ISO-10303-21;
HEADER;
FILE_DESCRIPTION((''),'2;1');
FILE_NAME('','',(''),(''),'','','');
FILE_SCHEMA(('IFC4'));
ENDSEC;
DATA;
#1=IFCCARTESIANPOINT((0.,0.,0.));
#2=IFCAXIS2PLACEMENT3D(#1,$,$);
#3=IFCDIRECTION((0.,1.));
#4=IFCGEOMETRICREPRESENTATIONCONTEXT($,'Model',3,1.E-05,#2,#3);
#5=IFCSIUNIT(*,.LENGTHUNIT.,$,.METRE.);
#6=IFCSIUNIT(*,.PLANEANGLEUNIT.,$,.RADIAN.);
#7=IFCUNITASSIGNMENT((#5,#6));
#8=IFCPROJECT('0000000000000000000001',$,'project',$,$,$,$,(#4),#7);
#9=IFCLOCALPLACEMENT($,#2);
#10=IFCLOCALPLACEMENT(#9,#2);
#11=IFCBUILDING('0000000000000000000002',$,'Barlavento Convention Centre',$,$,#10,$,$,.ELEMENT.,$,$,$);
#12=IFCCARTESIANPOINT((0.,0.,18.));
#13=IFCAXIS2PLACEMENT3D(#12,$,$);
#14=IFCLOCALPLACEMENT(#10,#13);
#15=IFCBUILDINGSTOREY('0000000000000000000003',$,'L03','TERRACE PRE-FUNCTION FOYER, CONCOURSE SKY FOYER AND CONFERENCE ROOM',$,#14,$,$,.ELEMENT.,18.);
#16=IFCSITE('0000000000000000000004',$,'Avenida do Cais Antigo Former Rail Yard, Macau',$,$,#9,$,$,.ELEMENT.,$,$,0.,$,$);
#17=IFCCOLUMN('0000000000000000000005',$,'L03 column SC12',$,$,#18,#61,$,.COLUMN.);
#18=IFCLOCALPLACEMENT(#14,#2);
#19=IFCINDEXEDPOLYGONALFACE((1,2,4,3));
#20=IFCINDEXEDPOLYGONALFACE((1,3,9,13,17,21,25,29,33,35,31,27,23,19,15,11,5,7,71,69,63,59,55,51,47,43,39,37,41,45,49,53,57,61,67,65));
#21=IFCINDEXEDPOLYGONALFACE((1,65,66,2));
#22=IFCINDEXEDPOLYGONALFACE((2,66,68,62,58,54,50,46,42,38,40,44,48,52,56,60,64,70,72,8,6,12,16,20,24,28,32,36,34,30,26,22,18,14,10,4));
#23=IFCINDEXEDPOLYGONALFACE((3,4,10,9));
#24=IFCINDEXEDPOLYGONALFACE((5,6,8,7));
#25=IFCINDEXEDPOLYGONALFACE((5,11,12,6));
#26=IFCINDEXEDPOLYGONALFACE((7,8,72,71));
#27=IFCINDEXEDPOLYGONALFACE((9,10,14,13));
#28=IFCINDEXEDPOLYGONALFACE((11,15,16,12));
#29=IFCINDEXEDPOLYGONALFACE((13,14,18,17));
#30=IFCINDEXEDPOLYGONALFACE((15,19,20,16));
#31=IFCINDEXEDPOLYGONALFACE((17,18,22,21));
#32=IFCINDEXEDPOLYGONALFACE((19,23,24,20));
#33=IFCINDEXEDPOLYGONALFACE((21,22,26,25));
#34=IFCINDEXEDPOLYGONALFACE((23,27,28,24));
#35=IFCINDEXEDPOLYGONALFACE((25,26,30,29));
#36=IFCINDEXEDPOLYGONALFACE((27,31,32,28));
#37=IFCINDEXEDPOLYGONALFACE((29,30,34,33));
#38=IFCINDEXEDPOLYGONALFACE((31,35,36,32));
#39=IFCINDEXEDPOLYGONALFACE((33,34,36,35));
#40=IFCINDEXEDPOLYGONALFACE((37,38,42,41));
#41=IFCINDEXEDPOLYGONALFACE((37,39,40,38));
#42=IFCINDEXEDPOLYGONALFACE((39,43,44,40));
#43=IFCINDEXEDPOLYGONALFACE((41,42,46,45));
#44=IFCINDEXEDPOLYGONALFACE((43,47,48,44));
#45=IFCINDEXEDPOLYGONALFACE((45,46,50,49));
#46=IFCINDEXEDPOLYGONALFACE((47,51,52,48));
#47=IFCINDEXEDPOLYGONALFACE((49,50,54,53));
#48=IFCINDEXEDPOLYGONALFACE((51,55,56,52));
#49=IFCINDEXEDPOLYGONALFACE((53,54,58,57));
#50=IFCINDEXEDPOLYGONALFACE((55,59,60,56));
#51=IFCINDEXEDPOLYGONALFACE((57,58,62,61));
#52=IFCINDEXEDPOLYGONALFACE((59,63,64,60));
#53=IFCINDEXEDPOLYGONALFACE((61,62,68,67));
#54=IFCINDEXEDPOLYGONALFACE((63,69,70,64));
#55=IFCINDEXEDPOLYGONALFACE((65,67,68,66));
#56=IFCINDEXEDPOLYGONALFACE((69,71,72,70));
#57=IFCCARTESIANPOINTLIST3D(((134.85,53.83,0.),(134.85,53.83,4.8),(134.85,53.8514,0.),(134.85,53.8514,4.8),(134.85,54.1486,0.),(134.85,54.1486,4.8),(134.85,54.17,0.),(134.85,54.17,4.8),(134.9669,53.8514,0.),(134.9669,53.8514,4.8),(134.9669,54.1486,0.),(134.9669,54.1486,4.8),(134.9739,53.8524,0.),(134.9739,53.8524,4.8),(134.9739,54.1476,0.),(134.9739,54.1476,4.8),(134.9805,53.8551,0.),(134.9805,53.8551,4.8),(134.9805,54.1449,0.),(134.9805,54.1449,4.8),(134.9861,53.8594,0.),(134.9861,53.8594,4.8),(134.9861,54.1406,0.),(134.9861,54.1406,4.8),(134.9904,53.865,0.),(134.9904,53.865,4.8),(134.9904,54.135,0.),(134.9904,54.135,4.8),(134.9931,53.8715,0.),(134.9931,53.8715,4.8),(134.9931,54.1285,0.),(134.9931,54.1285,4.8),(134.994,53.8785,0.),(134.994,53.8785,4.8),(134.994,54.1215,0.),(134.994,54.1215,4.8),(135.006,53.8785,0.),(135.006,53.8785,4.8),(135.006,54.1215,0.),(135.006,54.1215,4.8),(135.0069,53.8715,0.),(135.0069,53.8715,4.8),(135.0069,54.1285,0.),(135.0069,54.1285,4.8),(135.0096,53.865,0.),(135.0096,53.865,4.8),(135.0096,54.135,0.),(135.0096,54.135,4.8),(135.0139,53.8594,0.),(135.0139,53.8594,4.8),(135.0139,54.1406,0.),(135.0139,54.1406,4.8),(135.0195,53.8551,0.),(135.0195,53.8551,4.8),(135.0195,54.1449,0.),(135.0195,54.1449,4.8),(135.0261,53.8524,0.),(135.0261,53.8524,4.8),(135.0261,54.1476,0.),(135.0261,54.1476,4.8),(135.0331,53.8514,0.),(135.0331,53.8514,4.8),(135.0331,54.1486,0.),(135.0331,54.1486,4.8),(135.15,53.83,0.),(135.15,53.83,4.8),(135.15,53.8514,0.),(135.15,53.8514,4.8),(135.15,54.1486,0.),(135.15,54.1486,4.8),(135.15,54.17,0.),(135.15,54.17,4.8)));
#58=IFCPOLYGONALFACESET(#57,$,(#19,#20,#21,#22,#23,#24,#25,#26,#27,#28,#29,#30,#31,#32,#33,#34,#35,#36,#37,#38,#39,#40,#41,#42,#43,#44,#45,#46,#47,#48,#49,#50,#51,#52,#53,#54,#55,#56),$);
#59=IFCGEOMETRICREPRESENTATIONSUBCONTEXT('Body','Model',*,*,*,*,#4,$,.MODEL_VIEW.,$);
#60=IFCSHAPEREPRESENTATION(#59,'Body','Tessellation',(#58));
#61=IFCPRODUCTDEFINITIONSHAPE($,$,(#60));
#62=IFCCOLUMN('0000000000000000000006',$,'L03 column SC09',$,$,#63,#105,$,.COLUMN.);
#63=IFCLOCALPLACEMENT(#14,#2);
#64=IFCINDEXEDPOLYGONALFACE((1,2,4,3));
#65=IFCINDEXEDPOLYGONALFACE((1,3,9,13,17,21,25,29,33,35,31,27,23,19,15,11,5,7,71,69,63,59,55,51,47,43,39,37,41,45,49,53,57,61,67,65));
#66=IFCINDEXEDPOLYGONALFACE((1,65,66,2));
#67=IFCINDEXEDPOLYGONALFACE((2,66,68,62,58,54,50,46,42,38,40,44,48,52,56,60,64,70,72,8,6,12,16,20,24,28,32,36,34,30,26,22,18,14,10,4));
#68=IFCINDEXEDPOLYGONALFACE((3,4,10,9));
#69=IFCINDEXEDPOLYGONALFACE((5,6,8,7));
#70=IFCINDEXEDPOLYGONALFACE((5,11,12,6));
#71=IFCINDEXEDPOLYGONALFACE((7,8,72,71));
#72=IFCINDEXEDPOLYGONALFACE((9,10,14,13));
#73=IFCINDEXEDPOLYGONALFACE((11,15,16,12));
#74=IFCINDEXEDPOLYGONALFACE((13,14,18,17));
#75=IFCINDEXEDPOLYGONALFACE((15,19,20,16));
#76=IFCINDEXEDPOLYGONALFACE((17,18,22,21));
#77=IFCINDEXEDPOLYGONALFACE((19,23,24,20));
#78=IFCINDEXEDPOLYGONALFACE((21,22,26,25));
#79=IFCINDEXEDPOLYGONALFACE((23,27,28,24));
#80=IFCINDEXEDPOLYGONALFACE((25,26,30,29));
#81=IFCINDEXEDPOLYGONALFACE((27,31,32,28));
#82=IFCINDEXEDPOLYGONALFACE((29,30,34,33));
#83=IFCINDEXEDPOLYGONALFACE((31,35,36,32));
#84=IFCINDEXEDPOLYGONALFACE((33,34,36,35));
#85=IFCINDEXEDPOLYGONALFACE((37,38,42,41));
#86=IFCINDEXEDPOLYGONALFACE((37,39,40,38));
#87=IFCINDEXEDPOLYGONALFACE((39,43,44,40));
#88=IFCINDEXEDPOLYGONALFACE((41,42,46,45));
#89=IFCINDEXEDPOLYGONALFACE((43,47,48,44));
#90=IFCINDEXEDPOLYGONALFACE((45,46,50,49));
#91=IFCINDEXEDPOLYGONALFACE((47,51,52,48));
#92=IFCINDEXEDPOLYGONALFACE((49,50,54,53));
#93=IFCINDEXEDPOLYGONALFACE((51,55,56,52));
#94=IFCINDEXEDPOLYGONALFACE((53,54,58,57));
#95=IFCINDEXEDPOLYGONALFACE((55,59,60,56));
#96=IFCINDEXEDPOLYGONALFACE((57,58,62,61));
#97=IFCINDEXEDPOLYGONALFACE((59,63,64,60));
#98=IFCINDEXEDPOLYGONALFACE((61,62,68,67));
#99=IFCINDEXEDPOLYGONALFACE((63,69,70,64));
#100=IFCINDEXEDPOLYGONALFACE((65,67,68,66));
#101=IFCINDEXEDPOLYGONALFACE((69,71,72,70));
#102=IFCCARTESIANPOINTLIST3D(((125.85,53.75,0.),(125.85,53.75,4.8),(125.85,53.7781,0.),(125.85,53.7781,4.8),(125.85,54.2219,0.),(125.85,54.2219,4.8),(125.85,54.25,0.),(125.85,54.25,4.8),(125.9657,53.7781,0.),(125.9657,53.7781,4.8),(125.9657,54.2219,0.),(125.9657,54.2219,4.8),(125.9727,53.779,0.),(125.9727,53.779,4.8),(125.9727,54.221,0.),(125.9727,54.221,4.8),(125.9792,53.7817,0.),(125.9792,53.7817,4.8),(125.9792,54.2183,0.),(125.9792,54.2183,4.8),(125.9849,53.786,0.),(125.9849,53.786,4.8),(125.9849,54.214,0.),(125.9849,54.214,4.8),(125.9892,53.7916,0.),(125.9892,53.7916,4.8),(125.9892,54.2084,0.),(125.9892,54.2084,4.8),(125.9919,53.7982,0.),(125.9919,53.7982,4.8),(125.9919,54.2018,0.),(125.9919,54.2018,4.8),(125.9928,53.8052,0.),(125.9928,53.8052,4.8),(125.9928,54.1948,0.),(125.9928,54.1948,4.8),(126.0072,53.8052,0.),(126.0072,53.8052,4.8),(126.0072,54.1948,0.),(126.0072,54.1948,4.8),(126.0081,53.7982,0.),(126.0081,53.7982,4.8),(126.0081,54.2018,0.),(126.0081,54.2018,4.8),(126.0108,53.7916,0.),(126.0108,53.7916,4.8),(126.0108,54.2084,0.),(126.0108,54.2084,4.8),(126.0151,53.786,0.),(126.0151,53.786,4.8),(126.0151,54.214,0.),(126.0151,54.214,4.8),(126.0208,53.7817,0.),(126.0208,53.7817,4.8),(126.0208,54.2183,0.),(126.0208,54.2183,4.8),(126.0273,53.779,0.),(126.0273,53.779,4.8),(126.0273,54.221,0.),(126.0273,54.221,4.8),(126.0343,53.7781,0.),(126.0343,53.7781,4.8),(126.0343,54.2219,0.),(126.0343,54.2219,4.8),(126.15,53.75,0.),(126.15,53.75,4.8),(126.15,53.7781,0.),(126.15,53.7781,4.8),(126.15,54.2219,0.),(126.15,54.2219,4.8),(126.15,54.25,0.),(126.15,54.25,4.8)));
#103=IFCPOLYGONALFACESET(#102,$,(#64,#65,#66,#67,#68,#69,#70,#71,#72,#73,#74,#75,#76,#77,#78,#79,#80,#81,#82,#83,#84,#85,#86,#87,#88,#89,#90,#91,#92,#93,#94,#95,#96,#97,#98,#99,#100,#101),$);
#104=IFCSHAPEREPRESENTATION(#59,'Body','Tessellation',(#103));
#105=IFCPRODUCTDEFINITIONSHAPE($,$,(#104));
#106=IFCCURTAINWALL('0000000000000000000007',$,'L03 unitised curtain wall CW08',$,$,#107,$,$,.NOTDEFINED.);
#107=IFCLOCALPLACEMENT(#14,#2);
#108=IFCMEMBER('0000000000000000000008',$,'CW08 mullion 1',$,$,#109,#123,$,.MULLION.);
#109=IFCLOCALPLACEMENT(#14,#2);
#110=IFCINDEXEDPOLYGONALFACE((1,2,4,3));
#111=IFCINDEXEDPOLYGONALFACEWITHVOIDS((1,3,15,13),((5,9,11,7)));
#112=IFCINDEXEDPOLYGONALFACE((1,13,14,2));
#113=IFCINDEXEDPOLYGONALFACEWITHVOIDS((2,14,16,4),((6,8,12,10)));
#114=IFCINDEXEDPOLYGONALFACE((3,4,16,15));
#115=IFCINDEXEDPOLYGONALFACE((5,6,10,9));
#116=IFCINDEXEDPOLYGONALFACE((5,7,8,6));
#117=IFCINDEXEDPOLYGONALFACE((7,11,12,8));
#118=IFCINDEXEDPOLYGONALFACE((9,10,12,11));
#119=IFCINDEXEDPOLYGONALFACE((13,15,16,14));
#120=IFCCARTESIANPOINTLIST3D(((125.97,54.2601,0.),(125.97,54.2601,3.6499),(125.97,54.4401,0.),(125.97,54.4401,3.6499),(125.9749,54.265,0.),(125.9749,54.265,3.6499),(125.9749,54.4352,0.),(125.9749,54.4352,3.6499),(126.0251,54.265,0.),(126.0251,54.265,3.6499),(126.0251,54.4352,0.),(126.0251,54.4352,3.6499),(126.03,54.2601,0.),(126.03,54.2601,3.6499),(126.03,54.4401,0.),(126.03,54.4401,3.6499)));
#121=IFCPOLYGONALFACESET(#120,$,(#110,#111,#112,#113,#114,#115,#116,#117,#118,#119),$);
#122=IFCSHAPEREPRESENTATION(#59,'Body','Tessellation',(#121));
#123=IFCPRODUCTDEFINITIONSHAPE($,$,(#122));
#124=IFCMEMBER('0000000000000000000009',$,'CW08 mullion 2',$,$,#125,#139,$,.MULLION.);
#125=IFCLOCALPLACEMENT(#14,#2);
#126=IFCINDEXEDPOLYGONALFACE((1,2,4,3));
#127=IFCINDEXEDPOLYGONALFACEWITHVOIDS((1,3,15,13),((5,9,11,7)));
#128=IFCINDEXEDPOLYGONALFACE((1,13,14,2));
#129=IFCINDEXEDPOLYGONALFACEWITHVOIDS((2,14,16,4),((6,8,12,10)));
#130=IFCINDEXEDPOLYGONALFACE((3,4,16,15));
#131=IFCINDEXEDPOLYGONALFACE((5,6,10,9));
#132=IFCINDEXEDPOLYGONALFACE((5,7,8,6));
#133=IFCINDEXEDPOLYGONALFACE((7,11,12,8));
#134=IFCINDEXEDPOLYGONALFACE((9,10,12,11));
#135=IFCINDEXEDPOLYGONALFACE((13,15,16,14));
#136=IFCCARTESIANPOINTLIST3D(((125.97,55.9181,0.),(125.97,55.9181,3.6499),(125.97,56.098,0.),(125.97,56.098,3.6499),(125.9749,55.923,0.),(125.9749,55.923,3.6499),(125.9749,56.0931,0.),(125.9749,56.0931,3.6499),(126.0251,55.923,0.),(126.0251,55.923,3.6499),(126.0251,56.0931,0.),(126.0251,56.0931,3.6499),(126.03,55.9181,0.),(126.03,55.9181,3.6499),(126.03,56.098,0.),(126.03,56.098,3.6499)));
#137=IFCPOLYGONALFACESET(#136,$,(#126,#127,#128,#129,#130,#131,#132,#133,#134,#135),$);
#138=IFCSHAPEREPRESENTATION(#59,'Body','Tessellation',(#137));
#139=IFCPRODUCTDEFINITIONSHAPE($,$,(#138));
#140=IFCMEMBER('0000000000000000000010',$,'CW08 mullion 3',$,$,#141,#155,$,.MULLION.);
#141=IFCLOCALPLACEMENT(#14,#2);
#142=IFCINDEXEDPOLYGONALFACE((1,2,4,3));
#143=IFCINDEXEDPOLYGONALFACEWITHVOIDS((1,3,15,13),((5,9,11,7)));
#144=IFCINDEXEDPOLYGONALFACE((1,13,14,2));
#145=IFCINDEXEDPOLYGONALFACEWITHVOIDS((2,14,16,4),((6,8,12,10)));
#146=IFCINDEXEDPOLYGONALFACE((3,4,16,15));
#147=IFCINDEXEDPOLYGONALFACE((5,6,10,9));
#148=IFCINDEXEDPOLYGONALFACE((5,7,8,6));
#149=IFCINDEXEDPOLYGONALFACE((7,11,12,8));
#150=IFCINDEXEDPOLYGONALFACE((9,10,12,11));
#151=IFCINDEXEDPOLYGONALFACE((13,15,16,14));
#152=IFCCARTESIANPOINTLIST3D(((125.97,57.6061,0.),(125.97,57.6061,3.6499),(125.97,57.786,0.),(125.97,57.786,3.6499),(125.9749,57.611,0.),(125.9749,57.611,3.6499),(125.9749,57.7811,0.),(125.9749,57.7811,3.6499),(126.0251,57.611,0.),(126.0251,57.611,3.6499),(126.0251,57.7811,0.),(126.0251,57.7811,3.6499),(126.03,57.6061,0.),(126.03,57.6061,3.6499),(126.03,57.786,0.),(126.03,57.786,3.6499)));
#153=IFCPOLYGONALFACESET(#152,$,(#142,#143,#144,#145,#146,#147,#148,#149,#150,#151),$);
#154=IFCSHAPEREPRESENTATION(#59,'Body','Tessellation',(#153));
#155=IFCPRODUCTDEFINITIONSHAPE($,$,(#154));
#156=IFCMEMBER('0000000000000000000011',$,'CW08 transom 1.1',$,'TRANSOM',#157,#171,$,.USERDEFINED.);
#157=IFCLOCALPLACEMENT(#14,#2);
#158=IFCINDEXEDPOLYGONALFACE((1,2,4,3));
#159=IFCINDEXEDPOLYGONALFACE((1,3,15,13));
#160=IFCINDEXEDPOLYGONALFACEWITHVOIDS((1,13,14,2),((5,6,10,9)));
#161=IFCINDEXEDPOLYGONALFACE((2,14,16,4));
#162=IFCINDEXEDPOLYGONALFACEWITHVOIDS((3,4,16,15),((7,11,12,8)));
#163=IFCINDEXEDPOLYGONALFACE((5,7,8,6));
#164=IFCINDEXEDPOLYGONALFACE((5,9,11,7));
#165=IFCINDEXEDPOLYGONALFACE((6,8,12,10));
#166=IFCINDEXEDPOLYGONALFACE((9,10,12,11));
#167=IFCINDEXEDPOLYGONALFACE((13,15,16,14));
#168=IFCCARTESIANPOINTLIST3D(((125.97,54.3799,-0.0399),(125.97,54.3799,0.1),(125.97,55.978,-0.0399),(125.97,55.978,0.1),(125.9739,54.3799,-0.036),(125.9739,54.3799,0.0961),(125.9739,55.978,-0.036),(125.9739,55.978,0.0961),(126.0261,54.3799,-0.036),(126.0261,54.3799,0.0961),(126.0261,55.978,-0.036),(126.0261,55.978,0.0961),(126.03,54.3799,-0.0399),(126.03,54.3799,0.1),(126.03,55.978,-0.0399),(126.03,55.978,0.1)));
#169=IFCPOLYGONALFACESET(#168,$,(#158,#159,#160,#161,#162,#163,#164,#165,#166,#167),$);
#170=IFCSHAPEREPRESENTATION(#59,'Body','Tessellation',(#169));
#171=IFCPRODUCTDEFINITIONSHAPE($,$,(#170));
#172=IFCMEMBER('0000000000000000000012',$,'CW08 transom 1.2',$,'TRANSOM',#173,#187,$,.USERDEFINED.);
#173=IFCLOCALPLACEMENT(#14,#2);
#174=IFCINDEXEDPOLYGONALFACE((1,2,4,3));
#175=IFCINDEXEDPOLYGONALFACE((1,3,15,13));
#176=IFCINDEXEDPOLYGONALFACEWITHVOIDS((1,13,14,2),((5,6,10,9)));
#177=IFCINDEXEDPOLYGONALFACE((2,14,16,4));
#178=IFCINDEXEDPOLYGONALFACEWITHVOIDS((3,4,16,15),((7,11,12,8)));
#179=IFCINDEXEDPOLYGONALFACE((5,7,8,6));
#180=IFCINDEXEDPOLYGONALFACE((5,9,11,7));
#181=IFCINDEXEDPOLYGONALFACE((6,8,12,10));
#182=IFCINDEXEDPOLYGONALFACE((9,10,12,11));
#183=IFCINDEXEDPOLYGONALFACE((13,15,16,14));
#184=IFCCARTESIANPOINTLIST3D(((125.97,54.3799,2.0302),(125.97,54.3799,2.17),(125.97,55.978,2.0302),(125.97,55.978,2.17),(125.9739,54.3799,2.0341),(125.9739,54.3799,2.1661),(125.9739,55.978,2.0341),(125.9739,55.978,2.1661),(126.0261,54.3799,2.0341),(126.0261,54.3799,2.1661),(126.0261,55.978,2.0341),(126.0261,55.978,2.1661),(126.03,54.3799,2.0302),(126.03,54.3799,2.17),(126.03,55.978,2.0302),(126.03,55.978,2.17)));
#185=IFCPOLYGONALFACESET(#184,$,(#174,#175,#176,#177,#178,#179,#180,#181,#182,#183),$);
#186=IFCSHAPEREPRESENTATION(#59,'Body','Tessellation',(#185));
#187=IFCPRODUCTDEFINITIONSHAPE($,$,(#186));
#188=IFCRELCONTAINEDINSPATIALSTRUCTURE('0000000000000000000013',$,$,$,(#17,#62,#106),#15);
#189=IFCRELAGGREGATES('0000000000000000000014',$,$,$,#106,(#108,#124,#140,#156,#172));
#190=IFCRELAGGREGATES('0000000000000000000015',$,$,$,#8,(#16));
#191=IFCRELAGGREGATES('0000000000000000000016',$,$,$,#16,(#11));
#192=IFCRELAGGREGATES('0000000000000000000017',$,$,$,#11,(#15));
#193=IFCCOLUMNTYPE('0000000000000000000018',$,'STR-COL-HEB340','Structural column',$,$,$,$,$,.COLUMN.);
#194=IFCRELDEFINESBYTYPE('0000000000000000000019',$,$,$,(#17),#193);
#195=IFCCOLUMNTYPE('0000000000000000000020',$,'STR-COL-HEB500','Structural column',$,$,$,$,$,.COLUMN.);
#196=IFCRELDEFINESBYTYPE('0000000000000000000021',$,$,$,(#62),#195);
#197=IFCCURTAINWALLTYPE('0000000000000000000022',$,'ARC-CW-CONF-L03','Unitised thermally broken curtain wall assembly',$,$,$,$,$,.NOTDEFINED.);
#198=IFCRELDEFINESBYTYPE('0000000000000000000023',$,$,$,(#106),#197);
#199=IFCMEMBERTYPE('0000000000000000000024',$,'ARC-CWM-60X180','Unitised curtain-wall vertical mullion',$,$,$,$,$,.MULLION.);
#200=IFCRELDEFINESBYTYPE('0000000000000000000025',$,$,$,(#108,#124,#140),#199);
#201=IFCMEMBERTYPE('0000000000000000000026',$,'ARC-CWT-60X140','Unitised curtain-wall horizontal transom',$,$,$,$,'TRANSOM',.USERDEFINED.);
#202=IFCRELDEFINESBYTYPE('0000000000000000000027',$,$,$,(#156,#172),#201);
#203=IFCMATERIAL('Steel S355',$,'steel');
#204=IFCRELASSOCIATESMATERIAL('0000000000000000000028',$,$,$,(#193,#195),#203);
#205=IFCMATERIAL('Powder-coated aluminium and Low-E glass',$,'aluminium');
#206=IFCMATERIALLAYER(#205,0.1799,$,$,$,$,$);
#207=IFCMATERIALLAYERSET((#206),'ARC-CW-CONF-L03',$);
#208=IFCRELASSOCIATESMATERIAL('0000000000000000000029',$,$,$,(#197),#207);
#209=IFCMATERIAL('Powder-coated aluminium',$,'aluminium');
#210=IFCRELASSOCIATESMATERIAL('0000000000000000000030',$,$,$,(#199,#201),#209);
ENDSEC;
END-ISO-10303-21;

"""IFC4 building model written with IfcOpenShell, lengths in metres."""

from ifc_helpers import new_model, si_unit, direction, frame, origin, origin_2d, place, context, subcontext, project, spatial, hollow_rectangle, i_section, extrude, material, layer, layer_set, material_profile, profile_set, type_object, element, aggregate, save


model = new_model("IFC4")

# Units and contexts
model_context = context("Model", 3, precision=1e-05, world=origin(), true_north=direction((0.0, 1.0)))
body_context = subcontext(model_context, "Body", "Model", "MODEL_VIEW")
ifc_project = project(units=[si_unit("LENGTHUNIT", "METRE"), si_unit("PLANEANGLEUNIT", "RADIAN")], contexts=[model_context])

# Site, building, storey
site_placement = place(None, origin())
site = spatial("IfcSite", under=ifc_project, at=site_placement, Name="Avenida do Cais Antigo Former Rail Yard, Macau", CompositionType="ELEMENT", RefElevation=0.0)
building_placement = place(site_placement, origin())
building = spatial("IfcBuilding", under=site, at=building_placement, Name="Barlavento Convention Centre", CompositionType="ELEMENT")
storey_placement = place(building_placement, frame((0.0, 0.0, 18.0)))
storey = spatial("IfcBuildingStorey", under=building, at=storey_placement, Name="L03", Description="TERRACE PRE-FUNCTION FOYER, CONCOURSE SKY FOYER AND CONFERENCE ROOM", CompositionType="ELEMENT", Elevation=18.0)

# Columns
ifc_material_1 = material(Name="Steel S355", Category="steel")
ifc_material_profile_1 = material_profile(ifc_material_1, i_section(OverallWidth=0.3, OverallDepth=0.3401, WebThickness=0.012, FlangeThickness=0.0215, FilletRadius=0.0271, at=origin_2d()), Name="HEB 340")
ifc_profile_set_1 = profile_set([ifc_material_profile_1], Name="Steel S355")
column_type_1 = type_object("IfcColumnType", Name="STR-COL-HEB340", Description="Structural column", PredefinedType="COLUMN", material=ifc_profile_set_1)
column_1_placement = place(storey_placement, frame((135.0, 54.0, 0.0), z_axis=(0.0, 0.0, 1.0), x_axis=(1.0, 0.0, 0.0)))
element("IfcColumn", 1, at=column_1_placement, inside=storey, type_object=column_type_1, Name="L03 column SC12", PredefinedType="COLUMN", context=body_context, shape_type="SweptSolid", body=[
    extrude(i_section(OverallWidth=0.3, OverallDepth=0.3401, WebThickness=0.012, FlangeThickness=0.0215, FilletRadius=0.0271, at=origin_2d()), origin(), (0.0, 0.0, 1.0), 4.8),
])
ifc_material_profile_2 = material_profile(ifc_material_1, i_section(OverallWidth=0.3, OverallDepth=0.5, WebThickness=0.0144, FlangeThickness=0.0281, FilletRadius=0.0271, at=origin_2d()), Name="HEB 500")
ifc_profile_set_2 = profile_set([ifc_material_profile_2], Name="Steel S355")
column_type_2 = type_object("IfcColumnType", Name="STR-COL-HEB500", Description="Structural column", PredefinedType="COLUMN", material=ifc_profile_set_2)
column_2_placement = place(storey_placement, frame((126.0, 54.0, 0.0), z_axis=(0.0, 0.0, 1.0), x_axis=(1.0, 0.0, 0.0)))
element("IfcColumn", 2, at=column_2_placement, inside=storey, type_object=column_type_2, Name="L03 column SC09", PredefinedType="COLUMN", context=body_context, shape_type="SweptSolid", body=[
    extrude(i_section(OverallWidth=0.3, OverallDepth=0.5, WebThickness=0.0144, FlangeThickness=0.0281, FilletRadius=0.0271, at=origin_2d()), origin(), (0.0, 0.0, 1.0), 4.8),
])

# Curtain wall, members
ifc_material_2 = material(Name="Powder-coated aluminium and Low-E glass", Category="aluminium")
ifc_layer_1 = layer(ifc_material_2, 0.1799)
ifc_layer_set_1 = layer_set([ifc_layer_1], Name="ARC-CW-CONF-L03")
curtain_wall_type = type_object("IfcCurtainWallType", Name="ARC-CW-CONF-L03", Description="Unitised thermally broken curtain wall assembly", PredefinedType="NOTDEFINED", material=ifc_layer_set_1)
curtain_wall_placement = place(storey_placement, origin())
curtain_wall = element("IfcCurtainWall", 3, at=curtain_wall_placement, inside=storey, type_object=curtain_wall_type, Name="L03 unitised curtain wall CW08", PredefinedType="NOTDEFINED")
ifc_material_3 = material(Name="Powder-coated aluminium", Category="aluminium")
ifc_material_profile_3 = material_profile(ifc_material_3, hollow_rectangle(XDim=0.0601, YDim=0.1799, WallThickness=0.0049, at=origin_2d()), Name="AL-MULL 60x180x5")
ifc_profile_set_3 = profile_set([ifc_material_profile_3], Name="Powder-coated aluminium")
member_type_1 = type_object("IfcMemberType", Name="ARC-CWM-60X180", Description="Unitised curtain-wall vertical mullion", PredefinedType="MULLION", material=ifc_profile_set_3)
member_1_placement = place(storey_placement, frame((126.0, 54.3501, 0.0), z_axis=(0.0, 0.0, 1.0), x_axis=(-1.0, 0.0, 0.0)))
member_1 = element("IfcMember", 4, at=member_1_placement, type_object=member_type_1, Name="CW08 mullion 1", PredefinedType="MULLION", context=body_context, shape_type="SweptSolid", body=[
    extrude(hollow_rectangle(XDim=0.0601, YDim=0.1799, WallThickness=0.0049, at=origin_2d()), origin(), (0.0, 0.0, 1.0), 3.6499),
])
member_2_placement = place(storey_placement, frame((126.0, 56.0081, 0.0), z_axis=(0.0, 0.0, 1.0), x_axis=(-1.0, 0.0, 0.0)))
member_2 = element("IfcMember", 5, at=member_2_placement, type_object=member_type_1, Name="CW08 mullion 2", PredefinedType="MULLION", context=body_context, shape_type="SweptSolid", body=[
    extrude(hollow_rectangle(XDim=0.0601, YDim=0.1799, WallThickness=0.0049, at=origin_2d()), origin(), (0.0, 0.0, 1.0), 3.6499),
])
member_3_placement = place(storey_placement, frame((126.0, 57.696, 0.0), z_axis=(0.0, 0.0, 1.0), x_axis=(-1.0, 0.0, 0.0)))
member_3 = element("IfcMember", 6, at=member_3_placement, type_object=member_type_1, Name="CW08 mullion 3", PredefinedType="MULLION", context=body_context, shape_type="SweptSolid", body=[
    extrude(hollow_rectangle(XDim=0.0601, YDim=0.1799, WallThickness=0.0049, at=origin_2d()), origin(), (0.0, 0.0, 1.0), 3.6499),
])
ifc_material_profile_4 = material_profile(ifc_material_3, hollow_rectangle(XDim=0.0601, YDim=0.1399, WallThickness=0.0039, at=origin_2d()), Name="AL-TRAN 60x140x4")
ifc_profile_set_4 = profile_set([ifc_material_profile_4], Name="Powder-coated aluminium")
member_type_2 = type_object("IfcMemberType", Name="ARC-CWT-60X140", Description="Unitised curtain-wall horizontal transom", ElementType="TRANSOM", PredefinedType="USERDEFINED", material=ifc_profile_set_4)
member_4_placement = place(storey_placement, frame((126.0, 54.3799, 0.03), z_axis=(0.0, 1.0, 0.0), x_axis=(-1.0, 0.0, 0.0)))
member_4 = element("IfcMember", 7, at=member_4_placement, type_object=member_type_2, Name="CW08 transom 1.1", ObjectType="TRANSOM", PredefinedType="USERDEFINED", context=body_context, shape_type="SweptSolid", body=[
    extrude(hollow_rectangle(XDim=0.0601, YDim=0.1399, WallThickness=0.0039, at=origin_2d()), origin(), (0.0, 0.0, 1.0), 1.5981),
])
member_5_placement = place(storey_placement, frame((126.0, 54.3799, 2.1001), z_axis=(0.0, 1.0, 0.0), x_axis=(-1.0, 0.0, 0.0)))
member_5 = element("IfcMember", 8, at=member_5_placement, type_object=member_type_2, Name="CW08 transom 1.2", ObjectType="TRANSOM", PredefinedType="USERDEFINED", context=body_context, shape_type="SweptSolid", body=[
    extrude(hollow_rectangle(XDim=0.0601, YDim=0.1399, WallThickness=0.0039, at=origin_2d()), origin(), (0.0, 0.0, 1.0), 1.5981),
])

aggregate(curtain_wall, [member_1, member_2, member_3, member_4, member_5])

save(model, "model.ifc")
